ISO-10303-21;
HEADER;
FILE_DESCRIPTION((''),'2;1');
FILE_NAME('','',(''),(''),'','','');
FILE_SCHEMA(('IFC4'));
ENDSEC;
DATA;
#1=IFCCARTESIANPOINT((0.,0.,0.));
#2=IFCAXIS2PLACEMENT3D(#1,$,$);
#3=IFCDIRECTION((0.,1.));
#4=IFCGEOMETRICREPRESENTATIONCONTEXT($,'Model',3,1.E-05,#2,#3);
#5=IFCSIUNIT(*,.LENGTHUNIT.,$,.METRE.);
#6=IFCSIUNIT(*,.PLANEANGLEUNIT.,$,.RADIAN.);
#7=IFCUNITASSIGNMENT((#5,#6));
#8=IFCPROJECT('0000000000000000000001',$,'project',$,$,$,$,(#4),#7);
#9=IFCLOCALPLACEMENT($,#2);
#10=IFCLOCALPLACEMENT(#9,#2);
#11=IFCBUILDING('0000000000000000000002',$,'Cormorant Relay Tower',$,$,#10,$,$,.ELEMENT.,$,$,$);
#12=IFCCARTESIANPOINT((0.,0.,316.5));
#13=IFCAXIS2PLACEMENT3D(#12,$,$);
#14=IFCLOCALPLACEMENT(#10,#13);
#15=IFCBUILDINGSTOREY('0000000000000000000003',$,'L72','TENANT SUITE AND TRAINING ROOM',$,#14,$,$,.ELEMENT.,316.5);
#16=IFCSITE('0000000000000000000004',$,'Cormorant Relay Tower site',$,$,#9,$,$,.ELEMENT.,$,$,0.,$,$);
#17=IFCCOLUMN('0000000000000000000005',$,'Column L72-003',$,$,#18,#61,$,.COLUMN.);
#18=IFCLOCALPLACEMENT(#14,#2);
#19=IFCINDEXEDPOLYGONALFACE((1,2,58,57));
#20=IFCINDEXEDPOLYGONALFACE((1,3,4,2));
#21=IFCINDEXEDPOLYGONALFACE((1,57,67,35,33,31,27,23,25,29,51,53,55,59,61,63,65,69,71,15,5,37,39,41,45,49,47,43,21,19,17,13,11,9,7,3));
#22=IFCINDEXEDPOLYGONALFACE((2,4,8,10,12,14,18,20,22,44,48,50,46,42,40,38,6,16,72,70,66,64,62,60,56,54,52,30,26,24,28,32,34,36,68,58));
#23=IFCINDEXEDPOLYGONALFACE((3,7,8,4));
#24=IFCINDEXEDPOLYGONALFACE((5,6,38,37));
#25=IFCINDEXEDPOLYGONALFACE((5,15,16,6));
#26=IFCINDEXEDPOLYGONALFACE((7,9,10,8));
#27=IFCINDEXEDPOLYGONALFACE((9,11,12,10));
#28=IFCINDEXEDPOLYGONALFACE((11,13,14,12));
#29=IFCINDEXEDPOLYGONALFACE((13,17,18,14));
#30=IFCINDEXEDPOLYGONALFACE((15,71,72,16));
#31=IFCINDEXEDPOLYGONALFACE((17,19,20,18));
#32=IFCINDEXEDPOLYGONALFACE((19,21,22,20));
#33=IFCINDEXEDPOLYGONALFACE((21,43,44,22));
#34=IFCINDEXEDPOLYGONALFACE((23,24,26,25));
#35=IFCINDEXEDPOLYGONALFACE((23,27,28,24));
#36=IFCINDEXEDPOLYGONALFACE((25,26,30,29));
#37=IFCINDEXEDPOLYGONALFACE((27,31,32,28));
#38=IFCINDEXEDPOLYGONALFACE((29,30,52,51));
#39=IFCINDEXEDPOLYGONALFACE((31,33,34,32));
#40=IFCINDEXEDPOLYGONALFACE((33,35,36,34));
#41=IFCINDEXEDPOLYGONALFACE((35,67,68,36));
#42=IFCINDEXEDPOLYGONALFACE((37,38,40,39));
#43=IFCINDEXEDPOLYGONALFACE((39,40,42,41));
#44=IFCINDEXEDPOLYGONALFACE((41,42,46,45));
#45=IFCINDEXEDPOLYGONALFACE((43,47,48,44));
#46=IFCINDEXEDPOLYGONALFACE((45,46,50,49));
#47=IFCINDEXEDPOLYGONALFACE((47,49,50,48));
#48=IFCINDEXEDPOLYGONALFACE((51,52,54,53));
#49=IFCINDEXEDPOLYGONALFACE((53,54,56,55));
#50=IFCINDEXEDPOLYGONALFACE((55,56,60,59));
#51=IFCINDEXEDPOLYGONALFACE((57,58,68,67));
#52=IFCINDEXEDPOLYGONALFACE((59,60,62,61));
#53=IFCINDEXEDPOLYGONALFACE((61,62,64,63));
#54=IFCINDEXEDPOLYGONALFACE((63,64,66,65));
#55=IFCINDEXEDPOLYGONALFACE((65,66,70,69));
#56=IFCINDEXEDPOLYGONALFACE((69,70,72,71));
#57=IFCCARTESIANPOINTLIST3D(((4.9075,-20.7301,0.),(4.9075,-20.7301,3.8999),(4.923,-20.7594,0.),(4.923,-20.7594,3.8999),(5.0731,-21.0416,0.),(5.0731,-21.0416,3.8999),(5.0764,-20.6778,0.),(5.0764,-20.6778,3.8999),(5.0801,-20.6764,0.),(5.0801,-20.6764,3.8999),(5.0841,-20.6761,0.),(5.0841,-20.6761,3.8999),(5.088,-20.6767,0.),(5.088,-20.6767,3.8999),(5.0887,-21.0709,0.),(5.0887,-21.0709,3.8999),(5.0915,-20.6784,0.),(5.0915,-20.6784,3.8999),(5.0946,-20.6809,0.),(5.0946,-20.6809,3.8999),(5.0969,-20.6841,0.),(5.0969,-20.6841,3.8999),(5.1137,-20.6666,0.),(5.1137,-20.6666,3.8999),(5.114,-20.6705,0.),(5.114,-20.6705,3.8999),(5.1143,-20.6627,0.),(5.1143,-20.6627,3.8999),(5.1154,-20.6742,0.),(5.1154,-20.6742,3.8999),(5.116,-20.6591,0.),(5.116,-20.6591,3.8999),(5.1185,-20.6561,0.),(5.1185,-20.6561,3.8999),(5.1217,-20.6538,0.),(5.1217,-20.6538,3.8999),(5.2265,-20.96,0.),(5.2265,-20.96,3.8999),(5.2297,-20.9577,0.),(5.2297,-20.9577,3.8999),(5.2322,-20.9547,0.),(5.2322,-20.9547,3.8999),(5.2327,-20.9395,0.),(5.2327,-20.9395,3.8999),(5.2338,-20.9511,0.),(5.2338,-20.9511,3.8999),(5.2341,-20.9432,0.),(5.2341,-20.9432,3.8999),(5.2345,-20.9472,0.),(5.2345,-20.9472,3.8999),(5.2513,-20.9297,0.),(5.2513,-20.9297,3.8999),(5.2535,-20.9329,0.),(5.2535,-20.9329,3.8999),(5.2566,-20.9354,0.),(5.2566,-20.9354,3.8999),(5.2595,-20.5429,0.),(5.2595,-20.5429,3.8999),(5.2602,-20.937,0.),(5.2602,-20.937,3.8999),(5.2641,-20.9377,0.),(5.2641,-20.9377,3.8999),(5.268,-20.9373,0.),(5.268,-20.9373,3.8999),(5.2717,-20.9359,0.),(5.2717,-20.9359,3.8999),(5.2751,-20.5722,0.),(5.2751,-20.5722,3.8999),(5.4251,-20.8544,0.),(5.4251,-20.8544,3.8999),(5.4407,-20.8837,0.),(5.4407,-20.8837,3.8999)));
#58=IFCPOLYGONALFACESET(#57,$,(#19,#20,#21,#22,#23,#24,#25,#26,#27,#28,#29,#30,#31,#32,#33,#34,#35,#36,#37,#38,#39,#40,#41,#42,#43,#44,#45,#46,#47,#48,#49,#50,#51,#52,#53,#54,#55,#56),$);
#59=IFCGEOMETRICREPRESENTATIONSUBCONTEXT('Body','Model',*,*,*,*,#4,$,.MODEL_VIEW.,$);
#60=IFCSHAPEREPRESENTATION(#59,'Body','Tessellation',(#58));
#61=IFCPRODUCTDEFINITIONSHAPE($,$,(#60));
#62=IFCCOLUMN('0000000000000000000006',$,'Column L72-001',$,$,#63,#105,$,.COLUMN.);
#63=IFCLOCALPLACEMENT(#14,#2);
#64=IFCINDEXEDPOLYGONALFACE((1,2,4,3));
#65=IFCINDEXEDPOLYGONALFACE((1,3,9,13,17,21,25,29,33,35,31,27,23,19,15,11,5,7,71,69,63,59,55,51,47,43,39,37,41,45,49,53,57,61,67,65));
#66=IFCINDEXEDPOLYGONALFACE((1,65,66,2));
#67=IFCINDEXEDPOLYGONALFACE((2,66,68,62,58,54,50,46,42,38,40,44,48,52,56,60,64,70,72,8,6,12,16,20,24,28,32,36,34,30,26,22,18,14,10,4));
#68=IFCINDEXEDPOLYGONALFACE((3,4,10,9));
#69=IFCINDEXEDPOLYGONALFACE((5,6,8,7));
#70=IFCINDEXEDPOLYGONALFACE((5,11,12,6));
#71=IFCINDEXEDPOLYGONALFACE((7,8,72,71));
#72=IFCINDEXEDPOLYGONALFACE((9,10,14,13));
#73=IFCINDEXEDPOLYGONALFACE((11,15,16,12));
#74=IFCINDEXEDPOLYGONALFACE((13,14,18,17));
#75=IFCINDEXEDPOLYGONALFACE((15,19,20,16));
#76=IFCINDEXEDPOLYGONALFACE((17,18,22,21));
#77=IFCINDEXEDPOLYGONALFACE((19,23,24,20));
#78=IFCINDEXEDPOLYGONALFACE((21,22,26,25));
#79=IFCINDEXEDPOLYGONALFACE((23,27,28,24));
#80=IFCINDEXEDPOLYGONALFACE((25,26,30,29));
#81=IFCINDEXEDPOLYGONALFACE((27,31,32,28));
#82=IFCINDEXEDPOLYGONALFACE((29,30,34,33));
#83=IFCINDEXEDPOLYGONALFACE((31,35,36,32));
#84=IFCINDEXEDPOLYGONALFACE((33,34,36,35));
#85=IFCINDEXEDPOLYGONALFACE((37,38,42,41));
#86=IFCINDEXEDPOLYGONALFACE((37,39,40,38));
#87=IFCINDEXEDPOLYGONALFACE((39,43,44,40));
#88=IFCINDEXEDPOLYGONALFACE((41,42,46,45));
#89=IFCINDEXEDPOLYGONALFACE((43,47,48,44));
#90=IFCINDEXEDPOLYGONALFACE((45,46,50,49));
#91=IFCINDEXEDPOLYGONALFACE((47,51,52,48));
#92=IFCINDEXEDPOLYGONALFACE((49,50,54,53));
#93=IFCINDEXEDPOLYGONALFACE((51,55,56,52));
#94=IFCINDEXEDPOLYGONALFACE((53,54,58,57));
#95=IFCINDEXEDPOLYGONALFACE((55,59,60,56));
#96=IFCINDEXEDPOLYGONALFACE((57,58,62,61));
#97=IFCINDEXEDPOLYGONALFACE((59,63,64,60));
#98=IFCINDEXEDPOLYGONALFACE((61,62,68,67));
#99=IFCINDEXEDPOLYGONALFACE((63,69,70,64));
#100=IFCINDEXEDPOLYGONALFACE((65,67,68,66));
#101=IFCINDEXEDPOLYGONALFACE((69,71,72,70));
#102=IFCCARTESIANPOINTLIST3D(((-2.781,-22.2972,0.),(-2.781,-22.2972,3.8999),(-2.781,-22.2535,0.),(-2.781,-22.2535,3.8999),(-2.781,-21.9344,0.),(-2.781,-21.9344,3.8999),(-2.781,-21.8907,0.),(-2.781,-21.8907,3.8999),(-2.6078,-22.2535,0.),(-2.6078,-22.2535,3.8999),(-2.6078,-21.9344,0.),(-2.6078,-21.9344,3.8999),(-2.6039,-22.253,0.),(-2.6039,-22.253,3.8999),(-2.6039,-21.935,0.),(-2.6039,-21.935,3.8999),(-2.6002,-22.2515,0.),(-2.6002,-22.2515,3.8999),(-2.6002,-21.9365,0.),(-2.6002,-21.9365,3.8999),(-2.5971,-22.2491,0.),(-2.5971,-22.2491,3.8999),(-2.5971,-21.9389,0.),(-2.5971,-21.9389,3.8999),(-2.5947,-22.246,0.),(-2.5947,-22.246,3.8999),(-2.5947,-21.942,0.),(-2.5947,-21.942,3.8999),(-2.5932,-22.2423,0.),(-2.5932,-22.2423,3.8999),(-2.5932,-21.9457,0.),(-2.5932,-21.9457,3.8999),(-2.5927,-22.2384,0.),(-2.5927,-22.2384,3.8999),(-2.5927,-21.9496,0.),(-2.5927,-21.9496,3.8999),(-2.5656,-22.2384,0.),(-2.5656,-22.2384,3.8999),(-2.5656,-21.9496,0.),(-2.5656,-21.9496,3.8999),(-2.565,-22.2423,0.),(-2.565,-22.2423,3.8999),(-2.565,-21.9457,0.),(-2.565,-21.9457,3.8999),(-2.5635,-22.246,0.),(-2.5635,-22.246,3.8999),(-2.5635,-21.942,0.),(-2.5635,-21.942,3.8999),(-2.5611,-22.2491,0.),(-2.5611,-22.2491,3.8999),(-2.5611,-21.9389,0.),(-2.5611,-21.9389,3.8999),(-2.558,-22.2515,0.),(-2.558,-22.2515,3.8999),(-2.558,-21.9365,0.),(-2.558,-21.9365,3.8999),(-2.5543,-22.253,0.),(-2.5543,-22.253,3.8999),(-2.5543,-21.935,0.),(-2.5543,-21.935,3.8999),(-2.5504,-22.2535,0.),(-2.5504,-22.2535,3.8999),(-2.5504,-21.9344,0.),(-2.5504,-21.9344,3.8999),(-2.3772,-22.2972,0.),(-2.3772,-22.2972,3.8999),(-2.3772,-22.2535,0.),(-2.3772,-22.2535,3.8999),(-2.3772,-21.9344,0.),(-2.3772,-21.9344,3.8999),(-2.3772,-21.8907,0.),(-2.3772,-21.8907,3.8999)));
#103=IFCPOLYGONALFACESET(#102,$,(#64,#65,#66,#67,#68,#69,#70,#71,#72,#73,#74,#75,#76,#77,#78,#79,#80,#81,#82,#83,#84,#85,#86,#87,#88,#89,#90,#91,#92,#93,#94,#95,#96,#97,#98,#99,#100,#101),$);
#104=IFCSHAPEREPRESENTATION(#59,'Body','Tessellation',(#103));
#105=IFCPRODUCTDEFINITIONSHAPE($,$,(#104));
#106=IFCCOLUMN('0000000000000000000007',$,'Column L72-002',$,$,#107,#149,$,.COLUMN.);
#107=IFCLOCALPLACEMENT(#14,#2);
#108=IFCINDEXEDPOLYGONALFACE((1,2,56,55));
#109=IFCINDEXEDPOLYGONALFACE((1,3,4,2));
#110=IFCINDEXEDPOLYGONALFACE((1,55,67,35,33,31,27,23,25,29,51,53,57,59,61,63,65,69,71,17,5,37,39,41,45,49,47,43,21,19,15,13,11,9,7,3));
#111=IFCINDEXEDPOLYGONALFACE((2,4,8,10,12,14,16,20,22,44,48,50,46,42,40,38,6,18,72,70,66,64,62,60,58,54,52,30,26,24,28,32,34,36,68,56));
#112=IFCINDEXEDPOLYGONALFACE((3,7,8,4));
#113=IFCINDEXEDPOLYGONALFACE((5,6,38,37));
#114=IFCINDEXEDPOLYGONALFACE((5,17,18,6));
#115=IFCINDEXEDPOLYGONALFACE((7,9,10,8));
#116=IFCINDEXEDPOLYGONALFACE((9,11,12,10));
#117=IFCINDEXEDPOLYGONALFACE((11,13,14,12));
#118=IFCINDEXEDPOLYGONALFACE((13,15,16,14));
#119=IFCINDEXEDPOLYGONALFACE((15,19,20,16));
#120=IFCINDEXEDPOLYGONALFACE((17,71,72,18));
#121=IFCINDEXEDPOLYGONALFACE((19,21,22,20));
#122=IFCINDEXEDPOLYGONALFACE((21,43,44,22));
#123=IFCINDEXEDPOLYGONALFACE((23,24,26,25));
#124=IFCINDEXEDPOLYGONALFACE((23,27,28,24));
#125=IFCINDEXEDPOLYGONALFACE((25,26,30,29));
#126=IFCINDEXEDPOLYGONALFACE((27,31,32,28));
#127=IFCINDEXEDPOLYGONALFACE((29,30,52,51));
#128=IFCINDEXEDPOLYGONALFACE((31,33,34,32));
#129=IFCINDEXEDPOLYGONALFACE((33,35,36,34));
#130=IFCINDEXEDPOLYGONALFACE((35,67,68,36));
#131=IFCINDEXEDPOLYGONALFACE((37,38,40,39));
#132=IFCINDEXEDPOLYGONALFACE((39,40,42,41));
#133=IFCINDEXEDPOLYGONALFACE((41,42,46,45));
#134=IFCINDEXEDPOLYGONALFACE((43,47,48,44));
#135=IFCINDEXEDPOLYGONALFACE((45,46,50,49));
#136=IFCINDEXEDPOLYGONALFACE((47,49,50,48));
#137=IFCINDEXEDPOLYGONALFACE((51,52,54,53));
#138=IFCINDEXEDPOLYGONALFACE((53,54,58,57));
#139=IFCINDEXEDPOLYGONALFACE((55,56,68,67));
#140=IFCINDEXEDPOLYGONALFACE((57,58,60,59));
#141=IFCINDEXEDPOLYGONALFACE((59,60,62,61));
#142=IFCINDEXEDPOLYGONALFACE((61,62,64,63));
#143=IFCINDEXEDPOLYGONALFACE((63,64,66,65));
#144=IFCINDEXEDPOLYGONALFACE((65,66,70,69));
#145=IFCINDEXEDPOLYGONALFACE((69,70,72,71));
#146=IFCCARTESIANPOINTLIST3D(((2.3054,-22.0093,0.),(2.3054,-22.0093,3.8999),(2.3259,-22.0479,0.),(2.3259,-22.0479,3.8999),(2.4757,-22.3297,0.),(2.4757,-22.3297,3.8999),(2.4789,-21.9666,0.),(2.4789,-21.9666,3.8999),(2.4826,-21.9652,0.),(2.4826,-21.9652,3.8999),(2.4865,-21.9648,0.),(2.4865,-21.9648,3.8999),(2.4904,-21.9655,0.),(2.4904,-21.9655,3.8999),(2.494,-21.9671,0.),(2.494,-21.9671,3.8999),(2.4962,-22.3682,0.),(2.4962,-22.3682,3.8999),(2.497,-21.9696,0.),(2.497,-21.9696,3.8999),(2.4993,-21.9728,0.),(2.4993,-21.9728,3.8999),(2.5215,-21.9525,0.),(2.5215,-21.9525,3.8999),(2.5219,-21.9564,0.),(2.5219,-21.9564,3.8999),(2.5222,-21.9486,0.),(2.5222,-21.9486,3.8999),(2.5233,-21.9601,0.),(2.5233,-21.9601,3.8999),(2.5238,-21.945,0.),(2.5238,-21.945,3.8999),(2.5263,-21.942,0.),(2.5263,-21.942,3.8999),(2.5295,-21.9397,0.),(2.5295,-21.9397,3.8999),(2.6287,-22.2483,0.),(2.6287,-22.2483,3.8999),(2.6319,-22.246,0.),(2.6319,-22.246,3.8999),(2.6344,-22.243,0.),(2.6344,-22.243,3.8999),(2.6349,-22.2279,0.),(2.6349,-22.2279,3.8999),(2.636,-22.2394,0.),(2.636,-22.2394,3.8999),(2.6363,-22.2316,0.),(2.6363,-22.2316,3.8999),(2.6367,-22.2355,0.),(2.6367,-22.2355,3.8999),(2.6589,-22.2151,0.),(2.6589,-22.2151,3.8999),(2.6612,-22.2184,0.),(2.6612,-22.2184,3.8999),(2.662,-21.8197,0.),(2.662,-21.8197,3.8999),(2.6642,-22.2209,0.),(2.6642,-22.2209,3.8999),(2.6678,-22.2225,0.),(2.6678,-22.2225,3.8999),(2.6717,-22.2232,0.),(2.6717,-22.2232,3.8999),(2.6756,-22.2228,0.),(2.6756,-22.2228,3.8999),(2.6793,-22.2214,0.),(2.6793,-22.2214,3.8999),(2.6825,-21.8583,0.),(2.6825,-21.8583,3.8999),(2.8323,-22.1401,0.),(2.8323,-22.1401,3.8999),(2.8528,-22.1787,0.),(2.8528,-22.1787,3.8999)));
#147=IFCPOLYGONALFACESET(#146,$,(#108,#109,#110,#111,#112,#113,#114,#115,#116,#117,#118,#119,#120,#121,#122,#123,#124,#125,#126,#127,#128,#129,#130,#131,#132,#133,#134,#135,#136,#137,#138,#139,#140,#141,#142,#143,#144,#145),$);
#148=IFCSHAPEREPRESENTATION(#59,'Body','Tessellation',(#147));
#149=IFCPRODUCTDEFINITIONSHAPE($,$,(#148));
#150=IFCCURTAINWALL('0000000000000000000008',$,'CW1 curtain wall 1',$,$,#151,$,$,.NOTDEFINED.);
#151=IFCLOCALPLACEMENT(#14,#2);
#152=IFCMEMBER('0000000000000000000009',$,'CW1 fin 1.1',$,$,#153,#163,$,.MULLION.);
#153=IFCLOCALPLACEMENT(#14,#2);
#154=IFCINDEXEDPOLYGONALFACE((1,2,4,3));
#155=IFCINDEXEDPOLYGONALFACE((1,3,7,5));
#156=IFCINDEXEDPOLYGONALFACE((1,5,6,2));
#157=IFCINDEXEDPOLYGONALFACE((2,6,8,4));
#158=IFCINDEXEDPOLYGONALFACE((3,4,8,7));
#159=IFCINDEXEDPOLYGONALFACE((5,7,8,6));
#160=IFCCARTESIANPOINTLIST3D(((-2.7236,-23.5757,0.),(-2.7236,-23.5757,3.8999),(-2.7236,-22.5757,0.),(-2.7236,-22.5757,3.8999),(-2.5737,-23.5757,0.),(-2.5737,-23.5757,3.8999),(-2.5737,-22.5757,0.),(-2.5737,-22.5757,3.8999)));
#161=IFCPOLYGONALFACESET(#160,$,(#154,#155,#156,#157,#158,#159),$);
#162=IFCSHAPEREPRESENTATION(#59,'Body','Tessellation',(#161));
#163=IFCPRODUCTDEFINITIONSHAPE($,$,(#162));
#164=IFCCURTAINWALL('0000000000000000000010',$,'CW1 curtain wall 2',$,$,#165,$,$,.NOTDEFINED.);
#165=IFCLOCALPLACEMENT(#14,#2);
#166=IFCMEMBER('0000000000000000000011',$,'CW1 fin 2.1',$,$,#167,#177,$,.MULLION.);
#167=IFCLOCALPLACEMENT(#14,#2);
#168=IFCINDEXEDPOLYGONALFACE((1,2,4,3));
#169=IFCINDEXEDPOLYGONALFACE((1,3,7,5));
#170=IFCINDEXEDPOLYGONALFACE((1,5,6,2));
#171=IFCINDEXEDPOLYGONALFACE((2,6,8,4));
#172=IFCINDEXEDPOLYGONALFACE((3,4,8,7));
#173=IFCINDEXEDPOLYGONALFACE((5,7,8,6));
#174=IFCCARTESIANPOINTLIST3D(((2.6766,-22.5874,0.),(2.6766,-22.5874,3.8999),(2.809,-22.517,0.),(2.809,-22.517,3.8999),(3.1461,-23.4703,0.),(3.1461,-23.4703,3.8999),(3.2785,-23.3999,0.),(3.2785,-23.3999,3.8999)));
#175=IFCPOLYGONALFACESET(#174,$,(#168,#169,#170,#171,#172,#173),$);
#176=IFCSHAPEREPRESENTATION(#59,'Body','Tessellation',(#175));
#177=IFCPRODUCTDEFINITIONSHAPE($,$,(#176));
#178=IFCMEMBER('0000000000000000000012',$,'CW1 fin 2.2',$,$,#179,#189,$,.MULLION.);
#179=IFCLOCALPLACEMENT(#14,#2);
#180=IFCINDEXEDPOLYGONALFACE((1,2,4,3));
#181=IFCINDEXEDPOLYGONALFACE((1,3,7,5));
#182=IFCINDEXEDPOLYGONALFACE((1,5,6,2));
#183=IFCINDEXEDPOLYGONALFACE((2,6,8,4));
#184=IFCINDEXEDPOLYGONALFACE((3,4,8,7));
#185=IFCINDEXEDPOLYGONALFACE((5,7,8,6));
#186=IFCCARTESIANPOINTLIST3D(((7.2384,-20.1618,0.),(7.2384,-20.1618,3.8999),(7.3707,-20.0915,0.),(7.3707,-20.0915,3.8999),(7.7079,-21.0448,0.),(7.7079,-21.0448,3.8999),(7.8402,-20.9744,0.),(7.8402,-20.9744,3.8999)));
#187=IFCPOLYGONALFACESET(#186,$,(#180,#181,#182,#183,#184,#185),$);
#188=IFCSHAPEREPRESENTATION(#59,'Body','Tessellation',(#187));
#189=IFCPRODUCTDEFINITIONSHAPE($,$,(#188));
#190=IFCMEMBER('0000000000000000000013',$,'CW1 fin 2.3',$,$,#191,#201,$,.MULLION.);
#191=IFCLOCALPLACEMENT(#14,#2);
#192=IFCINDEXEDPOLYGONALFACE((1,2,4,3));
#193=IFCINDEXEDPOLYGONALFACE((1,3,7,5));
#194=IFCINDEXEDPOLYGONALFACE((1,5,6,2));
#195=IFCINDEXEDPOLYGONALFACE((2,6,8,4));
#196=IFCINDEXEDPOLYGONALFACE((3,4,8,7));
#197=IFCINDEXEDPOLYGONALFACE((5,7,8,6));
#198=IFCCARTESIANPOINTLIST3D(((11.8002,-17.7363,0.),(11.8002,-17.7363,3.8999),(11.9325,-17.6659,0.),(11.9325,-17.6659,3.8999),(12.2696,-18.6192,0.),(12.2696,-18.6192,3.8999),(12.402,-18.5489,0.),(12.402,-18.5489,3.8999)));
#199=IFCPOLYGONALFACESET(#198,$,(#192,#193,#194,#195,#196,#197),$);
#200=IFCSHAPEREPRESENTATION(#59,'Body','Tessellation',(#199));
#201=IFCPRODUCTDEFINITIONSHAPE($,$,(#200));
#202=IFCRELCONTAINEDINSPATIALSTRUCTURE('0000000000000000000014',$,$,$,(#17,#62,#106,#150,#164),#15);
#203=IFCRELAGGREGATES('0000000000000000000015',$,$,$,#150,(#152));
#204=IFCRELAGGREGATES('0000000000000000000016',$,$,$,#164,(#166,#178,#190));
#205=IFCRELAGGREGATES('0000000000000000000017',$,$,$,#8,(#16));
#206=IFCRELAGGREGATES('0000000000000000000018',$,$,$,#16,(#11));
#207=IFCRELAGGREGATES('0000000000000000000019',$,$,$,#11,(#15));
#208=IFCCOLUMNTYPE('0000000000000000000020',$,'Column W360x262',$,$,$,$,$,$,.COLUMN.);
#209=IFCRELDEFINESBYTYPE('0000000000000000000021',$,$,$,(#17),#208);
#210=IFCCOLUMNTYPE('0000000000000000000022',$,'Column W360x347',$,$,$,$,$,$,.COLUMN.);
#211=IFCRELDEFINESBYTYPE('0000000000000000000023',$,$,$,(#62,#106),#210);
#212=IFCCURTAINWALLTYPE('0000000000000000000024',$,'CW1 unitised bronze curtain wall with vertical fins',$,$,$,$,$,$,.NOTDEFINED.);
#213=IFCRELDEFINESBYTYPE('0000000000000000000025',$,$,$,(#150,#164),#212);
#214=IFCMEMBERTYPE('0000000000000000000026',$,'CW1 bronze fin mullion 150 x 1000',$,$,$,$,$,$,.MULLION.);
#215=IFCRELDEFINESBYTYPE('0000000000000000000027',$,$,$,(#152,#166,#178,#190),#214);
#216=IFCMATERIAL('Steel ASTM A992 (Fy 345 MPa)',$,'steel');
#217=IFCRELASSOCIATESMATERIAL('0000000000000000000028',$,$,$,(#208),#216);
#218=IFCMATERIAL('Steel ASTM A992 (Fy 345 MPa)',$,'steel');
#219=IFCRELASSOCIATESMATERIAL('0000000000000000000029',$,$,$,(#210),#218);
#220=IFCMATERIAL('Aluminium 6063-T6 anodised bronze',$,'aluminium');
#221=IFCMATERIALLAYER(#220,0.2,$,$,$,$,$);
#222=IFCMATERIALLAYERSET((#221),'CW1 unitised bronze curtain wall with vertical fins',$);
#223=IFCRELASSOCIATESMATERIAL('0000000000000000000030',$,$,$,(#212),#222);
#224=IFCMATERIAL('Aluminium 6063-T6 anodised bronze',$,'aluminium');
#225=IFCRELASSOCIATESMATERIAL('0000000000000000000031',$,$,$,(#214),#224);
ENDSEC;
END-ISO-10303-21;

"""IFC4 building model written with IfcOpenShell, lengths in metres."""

from ifc_helpers import new_model, si_unit, direction, frame, origin, origin_2d, place, context, subcontext, project, spatial, rectangle, i_section, extrude, material, layer, layer_set, material_profile, profile_set, type_object, element, aggregate, save


model = new_model("IFC4")

# Units and contexts
model_context = context("Model", 3, precision=1e-05, world=origin(), true_north=direction((0.0, 1.0)))
body_context = subcontext(model_context, "Body", "Model", "MODEL_VIEW")
ifc_project = project(units=[si_unit("LENGTHUNIT", "METRE"), si_unit("PLANEANGLEUNIT", "RADIAN")], contexts=[model_context])

# Site, building, storey
site_placement = place(None, origin())
site = spatial("IfcSite", under=ifc_project, at=site_placement, Name="Cormorant Relay Tower site", CompositionType="ELEMENT", RefElevation=0.0)
building_placement = place(site_placement, origin())
building = spatial("IfcBuilding", under=site, at=building_placement, Name="Cormorant Relay Tower", CompositionType="ELEMENT")
storey_placement = place(building_placement, frame((0.0, 0.0, 316.5)))
storey = spatial("IfcBuildingStorey", under=building, at=storey_placement, Name="L72", Description="TENANT SUITE AND TRAINING ROOM", CompositionType="ELEMENT", Elevation=316.5)

# Columns
ifc_material_1 = material(Name="Steel ASTM A992 (Fy 345 MPa)", Category="steel")
ifc_material_profile_1 = material_profile(ifc_material_1, i_section(OverallWidth=0.3987, OverallDepth=0.386, WebThickness=0.021, FlangeThickness=0.0332, FilletRadius=0.0151, at=origin_2d()), Name="W360x262")
ifc_profile_set_1 = profile_set([ifc_material_profile_1], Name="Steel ASTM A992 (Fy 345 MPa)")
column_type_1 = type_object("IfcColumnType", Name="Column W360x262", PredefinedType="COLUMN", material=ifc_profile_set_1)
column_placement = place(storey_placement, frame((5.1741, -20.8069, 0.0), z_axis=(0.0, 0.0, 1.0), x_axis=(0.882948, 0.469472, 0.0)))
element("IfcColumn", 1, at=column_placement, inside=storey, type_object=column_type_1, Name="Column L72-003", PredefinedType="COLUMN", context=body_context, shape_type="SweptSolid", body=[
    extrude(i_section(OverallWidth=0.3987, OverallDepth=0.386, WebThickness=0.021, FlangeThickness=0.0332, FilletRadius=0.0151, at=origin_2d()), origin(), (0.0, 0.0, 1.0), 3.8999),
])
ifc_material_2 = material(Name="Steel ASTM A992 (Fy 345 MPa)", Category="steel")
ifc_material_profile_2 = material_profile(ifc_material_2, i_section(OverallWidth=0.4038, OverallDepth=0.4065, WebThickness=0.0271, FlangeThickness=0.0437, FilletRadius=0.0151, at=origin_2d()), Name="W360x347")
ifc_profile_set_2 = profile_set([ifc_material_profile_2], Name="Steel ASTM A992 (Fy 345 MPa)")
column_type_2 = type_object("IfcColumnType", Name="Column W360x347", PredefinedType="COLUMN", material=ifc_profile_set_2)
for number, where, z_axis, x_axis, name in (
    (2, (-2.5791, -22.094, 0.0), (0.0, 0.0, 1.0), (1.0, 0.0, 0.0), "Column L72-001"),
    (3, (2.5791, -22.094, 0.0), (0.0, 0.0, 1.0), (0.882948, 0.469472, 0.0), "Column L72-002"),
):
    element("IfcColumn", number, at=place(storey_placement, frame(where, z_axis=z_axis, x_axis=x_axis)), inside=storey, type_object=column_type_2, Name=name, PredefinedType="COLUMN", context=body_context, shape_type="SweptSolid", body=[
        extrude(i_section(OverallWidth=0.4038, OverallDepth=0.4065, WebThickness=0.0271, FlangeThickness=0.0437, FilletRadius=0.0151, at=origin_2d()), origin(), (0.0, 0.0, 1.0), 3.8999),
    ])

# Curtain wall, member
ifc_material_3 = material(Name="Aluminium 6063-T6 anodised bronze", Category="aluminium")
ifc_layer_1 = layer(ifc_material_3, 0.2)
ifc_layer_set_1 = layer_set([ifc_layer_1], Name="CW1 unitised bronze curtain wall with vertical fins")
curtain_wall_type = type_object("IfcCurtainWallType", Name="CW1 unitised bronze curtain wall with vertical fins", PredefinedType="NOTDEFINED", material=ifc_layer_set_1)
curtain_wall_1_placement = place(storey_placement, origin())
curtain_wall_1 = element("IfcCurtainWall", 4, at=curtain_wall_1_placement, inside=storey, type_object=curtain_wall_type, Name="CW1 curtain wall 1", PredefinedType="NOTDEFINED")
ifc_material_4 = material(Name="Aluminium 6063-T6 anodised bronze", Category="aluminium")
ifc_material_profile_3 = material_profile(ifc_material_4, rectangle(XDim=0.1499, YDim=1.0, at=origin_2d()), Name="AL 150x1000")
ifc_profile_set_3 = profile_set([ifc_material_profile_3], Name="Aluminium 6063-T6 anodised bronze")
member_type_1 = type_object("IfcMemberType", Name="CW1 bronze fin mullion 150 x 1000", PredefinedType="MULLION", material=ifc_profile_set_3)
member_1_placement = place(storey_placement, frame((-2.6487, -23.0757, 0.0), z_axis=(0.0, 0.0, 1.0), x_axis=(1.0, 0.0, 0.0)))
member_1 = element("IfcMember", 5, at=member_1_placement, type_object=member_type_1, Name="CW1 fin 1.1", PredefinedType="MULLION", context=body_context, shape_type="SweptSolid", body=[
    extrude(rectangle(XDim=0.1499, YDim=1.0, at=origin_2d()), origin(), (0.0, 0.0, 1.0), 3.8999),
])

# Curtain wall, members
curtain_wall_2_placement = place(storey_placement, origin())
curtain_wall_2 = element("IfcCurtainWall", 6, at=curtain_wall_2_placement, inside=storey, type_object=curtain_wall_type, Name="CW1 curtain wall 2", PredefinedType="NOTDEFINED")
member_2_placement = place(storey_placement, frame((2.9775, -22.9937, 0.0), z_axis=(0.0, 0.0, 1.0), x_axis=(0.882948, 0.469472, 0.0)))
member_2 = element("IfcMember", 7, at=member_2_placement, type_object=member_type_1, Name="CW1 fin 2.1", PredefinedType="MULLION", context=body_context, shape_type="SweptSolid", body=[
    extrude(rectangle(XDim=0.1499, YDim=1.0, at=origin_2d()), origin(), (0.0, 0.0, 1.0), 3.8999),
])
member_3_placement = place(storey_placement, frame((7.5393, -20.5681, 0.0), z_axis=(0.0, 0.0, 1.0), x_axis=(0.882948, 0.469472, 0.0)))
member_3 = element("IfcMember", 8, at=member_3_placement, type_object=member_type_1, Name="CW1 fin 2.2", PredefinedType="MULLION", context=body_context, shape_type="SweptSolid", body=[
    extrude(rectangle(XDim=0.1499, YDim=1.0, at=origin_2d()), origin(), (0.0, 0.0, 1.0), 3.8999),
])
member_4_placement = place(storey_placement, frame((12.1011, -18.1426, 0.0), z_axis=(0.0, 0.0, 1.0), x_axis=(0.882948, 0.469472, 0.0)))
member_4 = element("IfcMember", 9, at=member_4_placement, type_object=member_type_1, Name="CW1 fin 2.3", PredefinedType="MULLION", context=body_context, shape_type="SweptSolid", body=[
    extrude(rectangle(XDim=0.1499, YDim=1.0, at=origin_2d()), origin(), (0.0, 0.0, 1.0), 3.8999),
])

aggregate(curtain_wall_1, [member_1])
aggregate(curtain_wall_2, [member_2, member_3, member_4])

save(model, "model.ifc")
